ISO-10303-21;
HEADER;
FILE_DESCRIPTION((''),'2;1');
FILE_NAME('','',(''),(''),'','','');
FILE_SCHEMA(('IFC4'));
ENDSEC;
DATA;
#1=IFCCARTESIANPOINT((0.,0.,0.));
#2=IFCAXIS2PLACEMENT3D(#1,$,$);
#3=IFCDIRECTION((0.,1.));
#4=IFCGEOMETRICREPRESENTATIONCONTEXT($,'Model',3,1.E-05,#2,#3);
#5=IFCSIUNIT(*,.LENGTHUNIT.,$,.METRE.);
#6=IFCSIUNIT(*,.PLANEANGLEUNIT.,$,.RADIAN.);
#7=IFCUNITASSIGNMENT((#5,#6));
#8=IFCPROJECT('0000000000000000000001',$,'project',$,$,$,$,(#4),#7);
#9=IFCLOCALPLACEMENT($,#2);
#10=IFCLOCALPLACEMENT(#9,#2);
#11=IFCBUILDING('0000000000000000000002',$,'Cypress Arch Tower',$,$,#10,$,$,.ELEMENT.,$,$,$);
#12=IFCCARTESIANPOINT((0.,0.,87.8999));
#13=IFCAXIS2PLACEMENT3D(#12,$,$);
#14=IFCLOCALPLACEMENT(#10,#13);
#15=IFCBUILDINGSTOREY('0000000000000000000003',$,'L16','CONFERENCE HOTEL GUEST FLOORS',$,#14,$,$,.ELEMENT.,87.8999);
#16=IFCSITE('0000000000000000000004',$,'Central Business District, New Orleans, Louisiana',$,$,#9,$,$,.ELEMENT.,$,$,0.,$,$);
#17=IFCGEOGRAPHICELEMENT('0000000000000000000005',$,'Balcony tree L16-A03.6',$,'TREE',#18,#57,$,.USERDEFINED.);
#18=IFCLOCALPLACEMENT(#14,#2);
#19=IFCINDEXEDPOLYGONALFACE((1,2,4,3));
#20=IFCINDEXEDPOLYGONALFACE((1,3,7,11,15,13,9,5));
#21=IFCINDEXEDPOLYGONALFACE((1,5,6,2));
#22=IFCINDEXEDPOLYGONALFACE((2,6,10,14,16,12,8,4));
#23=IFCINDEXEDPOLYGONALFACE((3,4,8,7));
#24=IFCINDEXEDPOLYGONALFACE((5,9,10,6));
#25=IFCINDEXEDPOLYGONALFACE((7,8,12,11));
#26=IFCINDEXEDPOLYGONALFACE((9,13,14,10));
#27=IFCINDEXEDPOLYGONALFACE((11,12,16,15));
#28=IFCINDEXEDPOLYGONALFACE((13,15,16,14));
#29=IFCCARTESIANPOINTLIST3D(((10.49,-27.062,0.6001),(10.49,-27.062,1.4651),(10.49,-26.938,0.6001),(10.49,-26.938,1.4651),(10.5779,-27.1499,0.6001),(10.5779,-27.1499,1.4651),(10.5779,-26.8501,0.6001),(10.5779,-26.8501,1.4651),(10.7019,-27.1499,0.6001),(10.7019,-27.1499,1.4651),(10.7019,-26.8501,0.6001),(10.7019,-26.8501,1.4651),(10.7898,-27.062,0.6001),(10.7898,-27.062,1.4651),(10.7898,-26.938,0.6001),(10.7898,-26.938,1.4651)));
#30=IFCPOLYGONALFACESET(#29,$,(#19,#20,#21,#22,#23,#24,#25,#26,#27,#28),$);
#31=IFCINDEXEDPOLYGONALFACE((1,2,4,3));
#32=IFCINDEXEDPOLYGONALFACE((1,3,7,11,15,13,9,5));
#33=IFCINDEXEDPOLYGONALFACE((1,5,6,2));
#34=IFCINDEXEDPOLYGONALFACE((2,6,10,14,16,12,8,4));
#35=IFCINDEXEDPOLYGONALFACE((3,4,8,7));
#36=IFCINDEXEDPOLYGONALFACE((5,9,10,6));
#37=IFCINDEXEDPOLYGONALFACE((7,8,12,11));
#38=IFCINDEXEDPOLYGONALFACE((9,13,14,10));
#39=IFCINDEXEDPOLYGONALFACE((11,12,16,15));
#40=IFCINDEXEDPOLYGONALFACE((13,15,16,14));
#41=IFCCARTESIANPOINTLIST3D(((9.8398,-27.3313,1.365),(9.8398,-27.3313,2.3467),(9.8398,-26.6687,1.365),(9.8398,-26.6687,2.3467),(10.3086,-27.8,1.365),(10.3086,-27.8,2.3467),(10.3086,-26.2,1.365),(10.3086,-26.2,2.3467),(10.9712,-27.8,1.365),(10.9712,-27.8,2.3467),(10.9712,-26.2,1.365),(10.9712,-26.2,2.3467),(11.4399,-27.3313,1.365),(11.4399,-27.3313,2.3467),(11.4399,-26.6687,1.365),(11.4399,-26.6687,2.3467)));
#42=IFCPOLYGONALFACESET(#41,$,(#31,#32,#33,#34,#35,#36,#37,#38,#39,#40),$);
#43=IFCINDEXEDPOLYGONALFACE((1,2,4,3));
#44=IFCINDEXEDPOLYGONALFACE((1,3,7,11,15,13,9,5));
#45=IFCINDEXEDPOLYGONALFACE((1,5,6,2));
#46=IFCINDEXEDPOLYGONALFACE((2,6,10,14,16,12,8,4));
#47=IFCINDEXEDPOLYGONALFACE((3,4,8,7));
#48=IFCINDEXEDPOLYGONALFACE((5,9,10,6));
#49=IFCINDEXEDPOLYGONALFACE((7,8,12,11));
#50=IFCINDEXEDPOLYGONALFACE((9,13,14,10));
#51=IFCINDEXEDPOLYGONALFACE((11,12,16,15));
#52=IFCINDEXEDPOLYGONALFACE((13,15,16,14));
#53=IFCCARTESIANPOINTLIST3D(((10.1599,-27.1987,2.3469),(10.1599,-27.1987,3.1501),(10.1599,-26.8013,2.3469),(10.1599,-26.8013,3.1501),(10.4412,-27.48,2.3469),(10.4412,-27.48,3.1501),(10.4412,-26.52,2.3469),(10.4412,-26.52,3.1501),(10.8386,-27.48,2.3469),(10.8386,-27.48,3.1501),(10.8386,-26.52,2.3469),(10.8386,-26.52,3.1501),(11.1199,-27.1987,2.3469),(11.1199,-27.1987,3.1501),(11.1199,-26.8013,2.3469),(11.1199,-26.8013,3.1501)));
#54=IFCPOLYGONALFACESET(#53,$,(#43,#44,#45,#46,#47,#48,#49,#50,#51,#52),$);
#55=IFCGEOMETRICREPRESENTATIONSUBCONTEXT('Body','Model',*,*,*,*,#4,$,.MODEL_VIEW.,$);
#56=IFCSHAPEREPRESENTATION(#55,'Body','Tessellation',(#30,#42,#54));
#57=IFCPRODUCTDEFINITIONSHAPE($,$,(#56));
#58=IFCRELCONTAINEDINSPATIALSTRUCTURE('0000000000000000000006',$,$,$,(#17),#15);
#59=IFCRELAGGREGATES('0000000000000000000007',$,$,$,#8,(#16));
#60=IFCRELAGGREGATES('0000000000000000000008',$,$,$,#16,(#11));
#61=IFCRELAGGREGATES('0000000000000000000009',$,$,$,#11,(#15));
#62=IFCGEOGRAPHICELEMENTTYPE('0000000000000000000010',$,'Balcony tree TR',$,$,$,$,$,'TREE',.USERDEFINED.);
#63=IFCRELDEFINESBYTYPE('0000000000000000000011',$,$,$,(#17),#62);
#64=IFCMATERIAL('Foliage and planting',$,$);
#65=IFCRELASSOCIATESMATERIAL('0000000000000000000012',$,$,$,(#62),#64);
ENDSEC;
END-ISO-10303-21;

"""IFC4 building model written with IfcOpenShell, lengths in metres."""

from ifc_helpers import new_model, si_unit, direction, frame, origin, place, context, subcontext, project, spatial, polyline, outline, extrude, material, type_object, element, save


model = new_model("IFC4")

# Units and contexts
model_context = context("Model", 3, precision=1e-05, world=origin(), true_north=direction((0.0, 1.0)))
body_context = subcontext(model_context, "Body", "Model", "MODEL_VIEW")
ifc_project = project(units=[si_unit("LENGTHUNIT", "METRE"), si_unit("PLANEANGLEUNIT", "RADIAN")], contexts=[model_context])

# Site, building, storey
site_placement = place(None, origin())
site = spatial("IfcSite", under=ifc_project, at=site_placement, Name="Central Business District, New Orleans, Louisiana", CompositionType="ELEMENT", RefElevation=0.0)
building_placement = place(site_placement, origin())
building = spatial("IfcBuilding", under=site, at=building_placement, Name="Cypress Arch Tower", CompositionType="ELEMENT")
storey_placement = place(building_placement, frame((0.0, 0.0, 87.8999)))
storey = spatial("IfcBuildingStorey", under=building, at=storey_placement, Name="L16", Description="CONFERENCE HOTEL GUEST FLOORS", CompositionType="ELEMENT", Elevation=87.8999)

# Geographic element
ifc_material_1 = material(Name="Foliage and planting")
geographic_element_type = type_object("IfcGeographicElementType", Name="Balcony tree TR", ElementType="TREE", PredefinedType="USERDEFINED", material=ifc_material_1)
geographic_element_placement = place(storey_placement, frame((10.6399, -27.0, 0.6001), z_axis=(0.0, 0.0, 1.0), x_axis=(1.0, 0.0, 0.0)))
element("IfcGeographicElement", 1, at=geographic_element_placement, inside=storey, type_object=geographic_element_type, Name="Balcony tree L16-A03.6", ObjectType="TREE", PredefinedType="USERDEFINED", context=body_context, shape_type="SweptSolid", body=[
    extrude(outline(polyline([(0.1499, 0.062), (0.062, 0.1499), (-0.062, 0.1499), (-0.1499, 0.062), (-0.1499, -0.062), (-0.062, -0.1499), (0.062, -0.1499), (0.1499, -0.062), (0.1499, 0.062)])), origin(), (0.0, 0.0, 1.0), 0.865),
    extrude(outline(polyline([(0.8, 0.3313), (0.3313, 0.8), (-0.3313, 0.8), (-0.8, 0.3313), (-0.8, -0.3313), (-0.3313, -0.8), (0.3313, -0.8), (0.8, -0.3313), (0.8, 0.3313)])), frame((0.0, 0.0, 0.7649)), (0.0, 0.0, 1.0), 0.9817),
    extrude(outline(polyline([(0.48, 0.1987), (0.1987, 0.48), (-0.1987, 0.48), (-0.48, 0.1987), (-0.48, -0.1987), (-0.1987, -0.48), (0.1987, -0.48), (0.48, -0.1987), (0.48, 0.1987)])), frame((0.0, 0.0, 1.7468)), (0.0, 0.0, 1.0), 0.8032),
])

save(model, "model.ifc")
